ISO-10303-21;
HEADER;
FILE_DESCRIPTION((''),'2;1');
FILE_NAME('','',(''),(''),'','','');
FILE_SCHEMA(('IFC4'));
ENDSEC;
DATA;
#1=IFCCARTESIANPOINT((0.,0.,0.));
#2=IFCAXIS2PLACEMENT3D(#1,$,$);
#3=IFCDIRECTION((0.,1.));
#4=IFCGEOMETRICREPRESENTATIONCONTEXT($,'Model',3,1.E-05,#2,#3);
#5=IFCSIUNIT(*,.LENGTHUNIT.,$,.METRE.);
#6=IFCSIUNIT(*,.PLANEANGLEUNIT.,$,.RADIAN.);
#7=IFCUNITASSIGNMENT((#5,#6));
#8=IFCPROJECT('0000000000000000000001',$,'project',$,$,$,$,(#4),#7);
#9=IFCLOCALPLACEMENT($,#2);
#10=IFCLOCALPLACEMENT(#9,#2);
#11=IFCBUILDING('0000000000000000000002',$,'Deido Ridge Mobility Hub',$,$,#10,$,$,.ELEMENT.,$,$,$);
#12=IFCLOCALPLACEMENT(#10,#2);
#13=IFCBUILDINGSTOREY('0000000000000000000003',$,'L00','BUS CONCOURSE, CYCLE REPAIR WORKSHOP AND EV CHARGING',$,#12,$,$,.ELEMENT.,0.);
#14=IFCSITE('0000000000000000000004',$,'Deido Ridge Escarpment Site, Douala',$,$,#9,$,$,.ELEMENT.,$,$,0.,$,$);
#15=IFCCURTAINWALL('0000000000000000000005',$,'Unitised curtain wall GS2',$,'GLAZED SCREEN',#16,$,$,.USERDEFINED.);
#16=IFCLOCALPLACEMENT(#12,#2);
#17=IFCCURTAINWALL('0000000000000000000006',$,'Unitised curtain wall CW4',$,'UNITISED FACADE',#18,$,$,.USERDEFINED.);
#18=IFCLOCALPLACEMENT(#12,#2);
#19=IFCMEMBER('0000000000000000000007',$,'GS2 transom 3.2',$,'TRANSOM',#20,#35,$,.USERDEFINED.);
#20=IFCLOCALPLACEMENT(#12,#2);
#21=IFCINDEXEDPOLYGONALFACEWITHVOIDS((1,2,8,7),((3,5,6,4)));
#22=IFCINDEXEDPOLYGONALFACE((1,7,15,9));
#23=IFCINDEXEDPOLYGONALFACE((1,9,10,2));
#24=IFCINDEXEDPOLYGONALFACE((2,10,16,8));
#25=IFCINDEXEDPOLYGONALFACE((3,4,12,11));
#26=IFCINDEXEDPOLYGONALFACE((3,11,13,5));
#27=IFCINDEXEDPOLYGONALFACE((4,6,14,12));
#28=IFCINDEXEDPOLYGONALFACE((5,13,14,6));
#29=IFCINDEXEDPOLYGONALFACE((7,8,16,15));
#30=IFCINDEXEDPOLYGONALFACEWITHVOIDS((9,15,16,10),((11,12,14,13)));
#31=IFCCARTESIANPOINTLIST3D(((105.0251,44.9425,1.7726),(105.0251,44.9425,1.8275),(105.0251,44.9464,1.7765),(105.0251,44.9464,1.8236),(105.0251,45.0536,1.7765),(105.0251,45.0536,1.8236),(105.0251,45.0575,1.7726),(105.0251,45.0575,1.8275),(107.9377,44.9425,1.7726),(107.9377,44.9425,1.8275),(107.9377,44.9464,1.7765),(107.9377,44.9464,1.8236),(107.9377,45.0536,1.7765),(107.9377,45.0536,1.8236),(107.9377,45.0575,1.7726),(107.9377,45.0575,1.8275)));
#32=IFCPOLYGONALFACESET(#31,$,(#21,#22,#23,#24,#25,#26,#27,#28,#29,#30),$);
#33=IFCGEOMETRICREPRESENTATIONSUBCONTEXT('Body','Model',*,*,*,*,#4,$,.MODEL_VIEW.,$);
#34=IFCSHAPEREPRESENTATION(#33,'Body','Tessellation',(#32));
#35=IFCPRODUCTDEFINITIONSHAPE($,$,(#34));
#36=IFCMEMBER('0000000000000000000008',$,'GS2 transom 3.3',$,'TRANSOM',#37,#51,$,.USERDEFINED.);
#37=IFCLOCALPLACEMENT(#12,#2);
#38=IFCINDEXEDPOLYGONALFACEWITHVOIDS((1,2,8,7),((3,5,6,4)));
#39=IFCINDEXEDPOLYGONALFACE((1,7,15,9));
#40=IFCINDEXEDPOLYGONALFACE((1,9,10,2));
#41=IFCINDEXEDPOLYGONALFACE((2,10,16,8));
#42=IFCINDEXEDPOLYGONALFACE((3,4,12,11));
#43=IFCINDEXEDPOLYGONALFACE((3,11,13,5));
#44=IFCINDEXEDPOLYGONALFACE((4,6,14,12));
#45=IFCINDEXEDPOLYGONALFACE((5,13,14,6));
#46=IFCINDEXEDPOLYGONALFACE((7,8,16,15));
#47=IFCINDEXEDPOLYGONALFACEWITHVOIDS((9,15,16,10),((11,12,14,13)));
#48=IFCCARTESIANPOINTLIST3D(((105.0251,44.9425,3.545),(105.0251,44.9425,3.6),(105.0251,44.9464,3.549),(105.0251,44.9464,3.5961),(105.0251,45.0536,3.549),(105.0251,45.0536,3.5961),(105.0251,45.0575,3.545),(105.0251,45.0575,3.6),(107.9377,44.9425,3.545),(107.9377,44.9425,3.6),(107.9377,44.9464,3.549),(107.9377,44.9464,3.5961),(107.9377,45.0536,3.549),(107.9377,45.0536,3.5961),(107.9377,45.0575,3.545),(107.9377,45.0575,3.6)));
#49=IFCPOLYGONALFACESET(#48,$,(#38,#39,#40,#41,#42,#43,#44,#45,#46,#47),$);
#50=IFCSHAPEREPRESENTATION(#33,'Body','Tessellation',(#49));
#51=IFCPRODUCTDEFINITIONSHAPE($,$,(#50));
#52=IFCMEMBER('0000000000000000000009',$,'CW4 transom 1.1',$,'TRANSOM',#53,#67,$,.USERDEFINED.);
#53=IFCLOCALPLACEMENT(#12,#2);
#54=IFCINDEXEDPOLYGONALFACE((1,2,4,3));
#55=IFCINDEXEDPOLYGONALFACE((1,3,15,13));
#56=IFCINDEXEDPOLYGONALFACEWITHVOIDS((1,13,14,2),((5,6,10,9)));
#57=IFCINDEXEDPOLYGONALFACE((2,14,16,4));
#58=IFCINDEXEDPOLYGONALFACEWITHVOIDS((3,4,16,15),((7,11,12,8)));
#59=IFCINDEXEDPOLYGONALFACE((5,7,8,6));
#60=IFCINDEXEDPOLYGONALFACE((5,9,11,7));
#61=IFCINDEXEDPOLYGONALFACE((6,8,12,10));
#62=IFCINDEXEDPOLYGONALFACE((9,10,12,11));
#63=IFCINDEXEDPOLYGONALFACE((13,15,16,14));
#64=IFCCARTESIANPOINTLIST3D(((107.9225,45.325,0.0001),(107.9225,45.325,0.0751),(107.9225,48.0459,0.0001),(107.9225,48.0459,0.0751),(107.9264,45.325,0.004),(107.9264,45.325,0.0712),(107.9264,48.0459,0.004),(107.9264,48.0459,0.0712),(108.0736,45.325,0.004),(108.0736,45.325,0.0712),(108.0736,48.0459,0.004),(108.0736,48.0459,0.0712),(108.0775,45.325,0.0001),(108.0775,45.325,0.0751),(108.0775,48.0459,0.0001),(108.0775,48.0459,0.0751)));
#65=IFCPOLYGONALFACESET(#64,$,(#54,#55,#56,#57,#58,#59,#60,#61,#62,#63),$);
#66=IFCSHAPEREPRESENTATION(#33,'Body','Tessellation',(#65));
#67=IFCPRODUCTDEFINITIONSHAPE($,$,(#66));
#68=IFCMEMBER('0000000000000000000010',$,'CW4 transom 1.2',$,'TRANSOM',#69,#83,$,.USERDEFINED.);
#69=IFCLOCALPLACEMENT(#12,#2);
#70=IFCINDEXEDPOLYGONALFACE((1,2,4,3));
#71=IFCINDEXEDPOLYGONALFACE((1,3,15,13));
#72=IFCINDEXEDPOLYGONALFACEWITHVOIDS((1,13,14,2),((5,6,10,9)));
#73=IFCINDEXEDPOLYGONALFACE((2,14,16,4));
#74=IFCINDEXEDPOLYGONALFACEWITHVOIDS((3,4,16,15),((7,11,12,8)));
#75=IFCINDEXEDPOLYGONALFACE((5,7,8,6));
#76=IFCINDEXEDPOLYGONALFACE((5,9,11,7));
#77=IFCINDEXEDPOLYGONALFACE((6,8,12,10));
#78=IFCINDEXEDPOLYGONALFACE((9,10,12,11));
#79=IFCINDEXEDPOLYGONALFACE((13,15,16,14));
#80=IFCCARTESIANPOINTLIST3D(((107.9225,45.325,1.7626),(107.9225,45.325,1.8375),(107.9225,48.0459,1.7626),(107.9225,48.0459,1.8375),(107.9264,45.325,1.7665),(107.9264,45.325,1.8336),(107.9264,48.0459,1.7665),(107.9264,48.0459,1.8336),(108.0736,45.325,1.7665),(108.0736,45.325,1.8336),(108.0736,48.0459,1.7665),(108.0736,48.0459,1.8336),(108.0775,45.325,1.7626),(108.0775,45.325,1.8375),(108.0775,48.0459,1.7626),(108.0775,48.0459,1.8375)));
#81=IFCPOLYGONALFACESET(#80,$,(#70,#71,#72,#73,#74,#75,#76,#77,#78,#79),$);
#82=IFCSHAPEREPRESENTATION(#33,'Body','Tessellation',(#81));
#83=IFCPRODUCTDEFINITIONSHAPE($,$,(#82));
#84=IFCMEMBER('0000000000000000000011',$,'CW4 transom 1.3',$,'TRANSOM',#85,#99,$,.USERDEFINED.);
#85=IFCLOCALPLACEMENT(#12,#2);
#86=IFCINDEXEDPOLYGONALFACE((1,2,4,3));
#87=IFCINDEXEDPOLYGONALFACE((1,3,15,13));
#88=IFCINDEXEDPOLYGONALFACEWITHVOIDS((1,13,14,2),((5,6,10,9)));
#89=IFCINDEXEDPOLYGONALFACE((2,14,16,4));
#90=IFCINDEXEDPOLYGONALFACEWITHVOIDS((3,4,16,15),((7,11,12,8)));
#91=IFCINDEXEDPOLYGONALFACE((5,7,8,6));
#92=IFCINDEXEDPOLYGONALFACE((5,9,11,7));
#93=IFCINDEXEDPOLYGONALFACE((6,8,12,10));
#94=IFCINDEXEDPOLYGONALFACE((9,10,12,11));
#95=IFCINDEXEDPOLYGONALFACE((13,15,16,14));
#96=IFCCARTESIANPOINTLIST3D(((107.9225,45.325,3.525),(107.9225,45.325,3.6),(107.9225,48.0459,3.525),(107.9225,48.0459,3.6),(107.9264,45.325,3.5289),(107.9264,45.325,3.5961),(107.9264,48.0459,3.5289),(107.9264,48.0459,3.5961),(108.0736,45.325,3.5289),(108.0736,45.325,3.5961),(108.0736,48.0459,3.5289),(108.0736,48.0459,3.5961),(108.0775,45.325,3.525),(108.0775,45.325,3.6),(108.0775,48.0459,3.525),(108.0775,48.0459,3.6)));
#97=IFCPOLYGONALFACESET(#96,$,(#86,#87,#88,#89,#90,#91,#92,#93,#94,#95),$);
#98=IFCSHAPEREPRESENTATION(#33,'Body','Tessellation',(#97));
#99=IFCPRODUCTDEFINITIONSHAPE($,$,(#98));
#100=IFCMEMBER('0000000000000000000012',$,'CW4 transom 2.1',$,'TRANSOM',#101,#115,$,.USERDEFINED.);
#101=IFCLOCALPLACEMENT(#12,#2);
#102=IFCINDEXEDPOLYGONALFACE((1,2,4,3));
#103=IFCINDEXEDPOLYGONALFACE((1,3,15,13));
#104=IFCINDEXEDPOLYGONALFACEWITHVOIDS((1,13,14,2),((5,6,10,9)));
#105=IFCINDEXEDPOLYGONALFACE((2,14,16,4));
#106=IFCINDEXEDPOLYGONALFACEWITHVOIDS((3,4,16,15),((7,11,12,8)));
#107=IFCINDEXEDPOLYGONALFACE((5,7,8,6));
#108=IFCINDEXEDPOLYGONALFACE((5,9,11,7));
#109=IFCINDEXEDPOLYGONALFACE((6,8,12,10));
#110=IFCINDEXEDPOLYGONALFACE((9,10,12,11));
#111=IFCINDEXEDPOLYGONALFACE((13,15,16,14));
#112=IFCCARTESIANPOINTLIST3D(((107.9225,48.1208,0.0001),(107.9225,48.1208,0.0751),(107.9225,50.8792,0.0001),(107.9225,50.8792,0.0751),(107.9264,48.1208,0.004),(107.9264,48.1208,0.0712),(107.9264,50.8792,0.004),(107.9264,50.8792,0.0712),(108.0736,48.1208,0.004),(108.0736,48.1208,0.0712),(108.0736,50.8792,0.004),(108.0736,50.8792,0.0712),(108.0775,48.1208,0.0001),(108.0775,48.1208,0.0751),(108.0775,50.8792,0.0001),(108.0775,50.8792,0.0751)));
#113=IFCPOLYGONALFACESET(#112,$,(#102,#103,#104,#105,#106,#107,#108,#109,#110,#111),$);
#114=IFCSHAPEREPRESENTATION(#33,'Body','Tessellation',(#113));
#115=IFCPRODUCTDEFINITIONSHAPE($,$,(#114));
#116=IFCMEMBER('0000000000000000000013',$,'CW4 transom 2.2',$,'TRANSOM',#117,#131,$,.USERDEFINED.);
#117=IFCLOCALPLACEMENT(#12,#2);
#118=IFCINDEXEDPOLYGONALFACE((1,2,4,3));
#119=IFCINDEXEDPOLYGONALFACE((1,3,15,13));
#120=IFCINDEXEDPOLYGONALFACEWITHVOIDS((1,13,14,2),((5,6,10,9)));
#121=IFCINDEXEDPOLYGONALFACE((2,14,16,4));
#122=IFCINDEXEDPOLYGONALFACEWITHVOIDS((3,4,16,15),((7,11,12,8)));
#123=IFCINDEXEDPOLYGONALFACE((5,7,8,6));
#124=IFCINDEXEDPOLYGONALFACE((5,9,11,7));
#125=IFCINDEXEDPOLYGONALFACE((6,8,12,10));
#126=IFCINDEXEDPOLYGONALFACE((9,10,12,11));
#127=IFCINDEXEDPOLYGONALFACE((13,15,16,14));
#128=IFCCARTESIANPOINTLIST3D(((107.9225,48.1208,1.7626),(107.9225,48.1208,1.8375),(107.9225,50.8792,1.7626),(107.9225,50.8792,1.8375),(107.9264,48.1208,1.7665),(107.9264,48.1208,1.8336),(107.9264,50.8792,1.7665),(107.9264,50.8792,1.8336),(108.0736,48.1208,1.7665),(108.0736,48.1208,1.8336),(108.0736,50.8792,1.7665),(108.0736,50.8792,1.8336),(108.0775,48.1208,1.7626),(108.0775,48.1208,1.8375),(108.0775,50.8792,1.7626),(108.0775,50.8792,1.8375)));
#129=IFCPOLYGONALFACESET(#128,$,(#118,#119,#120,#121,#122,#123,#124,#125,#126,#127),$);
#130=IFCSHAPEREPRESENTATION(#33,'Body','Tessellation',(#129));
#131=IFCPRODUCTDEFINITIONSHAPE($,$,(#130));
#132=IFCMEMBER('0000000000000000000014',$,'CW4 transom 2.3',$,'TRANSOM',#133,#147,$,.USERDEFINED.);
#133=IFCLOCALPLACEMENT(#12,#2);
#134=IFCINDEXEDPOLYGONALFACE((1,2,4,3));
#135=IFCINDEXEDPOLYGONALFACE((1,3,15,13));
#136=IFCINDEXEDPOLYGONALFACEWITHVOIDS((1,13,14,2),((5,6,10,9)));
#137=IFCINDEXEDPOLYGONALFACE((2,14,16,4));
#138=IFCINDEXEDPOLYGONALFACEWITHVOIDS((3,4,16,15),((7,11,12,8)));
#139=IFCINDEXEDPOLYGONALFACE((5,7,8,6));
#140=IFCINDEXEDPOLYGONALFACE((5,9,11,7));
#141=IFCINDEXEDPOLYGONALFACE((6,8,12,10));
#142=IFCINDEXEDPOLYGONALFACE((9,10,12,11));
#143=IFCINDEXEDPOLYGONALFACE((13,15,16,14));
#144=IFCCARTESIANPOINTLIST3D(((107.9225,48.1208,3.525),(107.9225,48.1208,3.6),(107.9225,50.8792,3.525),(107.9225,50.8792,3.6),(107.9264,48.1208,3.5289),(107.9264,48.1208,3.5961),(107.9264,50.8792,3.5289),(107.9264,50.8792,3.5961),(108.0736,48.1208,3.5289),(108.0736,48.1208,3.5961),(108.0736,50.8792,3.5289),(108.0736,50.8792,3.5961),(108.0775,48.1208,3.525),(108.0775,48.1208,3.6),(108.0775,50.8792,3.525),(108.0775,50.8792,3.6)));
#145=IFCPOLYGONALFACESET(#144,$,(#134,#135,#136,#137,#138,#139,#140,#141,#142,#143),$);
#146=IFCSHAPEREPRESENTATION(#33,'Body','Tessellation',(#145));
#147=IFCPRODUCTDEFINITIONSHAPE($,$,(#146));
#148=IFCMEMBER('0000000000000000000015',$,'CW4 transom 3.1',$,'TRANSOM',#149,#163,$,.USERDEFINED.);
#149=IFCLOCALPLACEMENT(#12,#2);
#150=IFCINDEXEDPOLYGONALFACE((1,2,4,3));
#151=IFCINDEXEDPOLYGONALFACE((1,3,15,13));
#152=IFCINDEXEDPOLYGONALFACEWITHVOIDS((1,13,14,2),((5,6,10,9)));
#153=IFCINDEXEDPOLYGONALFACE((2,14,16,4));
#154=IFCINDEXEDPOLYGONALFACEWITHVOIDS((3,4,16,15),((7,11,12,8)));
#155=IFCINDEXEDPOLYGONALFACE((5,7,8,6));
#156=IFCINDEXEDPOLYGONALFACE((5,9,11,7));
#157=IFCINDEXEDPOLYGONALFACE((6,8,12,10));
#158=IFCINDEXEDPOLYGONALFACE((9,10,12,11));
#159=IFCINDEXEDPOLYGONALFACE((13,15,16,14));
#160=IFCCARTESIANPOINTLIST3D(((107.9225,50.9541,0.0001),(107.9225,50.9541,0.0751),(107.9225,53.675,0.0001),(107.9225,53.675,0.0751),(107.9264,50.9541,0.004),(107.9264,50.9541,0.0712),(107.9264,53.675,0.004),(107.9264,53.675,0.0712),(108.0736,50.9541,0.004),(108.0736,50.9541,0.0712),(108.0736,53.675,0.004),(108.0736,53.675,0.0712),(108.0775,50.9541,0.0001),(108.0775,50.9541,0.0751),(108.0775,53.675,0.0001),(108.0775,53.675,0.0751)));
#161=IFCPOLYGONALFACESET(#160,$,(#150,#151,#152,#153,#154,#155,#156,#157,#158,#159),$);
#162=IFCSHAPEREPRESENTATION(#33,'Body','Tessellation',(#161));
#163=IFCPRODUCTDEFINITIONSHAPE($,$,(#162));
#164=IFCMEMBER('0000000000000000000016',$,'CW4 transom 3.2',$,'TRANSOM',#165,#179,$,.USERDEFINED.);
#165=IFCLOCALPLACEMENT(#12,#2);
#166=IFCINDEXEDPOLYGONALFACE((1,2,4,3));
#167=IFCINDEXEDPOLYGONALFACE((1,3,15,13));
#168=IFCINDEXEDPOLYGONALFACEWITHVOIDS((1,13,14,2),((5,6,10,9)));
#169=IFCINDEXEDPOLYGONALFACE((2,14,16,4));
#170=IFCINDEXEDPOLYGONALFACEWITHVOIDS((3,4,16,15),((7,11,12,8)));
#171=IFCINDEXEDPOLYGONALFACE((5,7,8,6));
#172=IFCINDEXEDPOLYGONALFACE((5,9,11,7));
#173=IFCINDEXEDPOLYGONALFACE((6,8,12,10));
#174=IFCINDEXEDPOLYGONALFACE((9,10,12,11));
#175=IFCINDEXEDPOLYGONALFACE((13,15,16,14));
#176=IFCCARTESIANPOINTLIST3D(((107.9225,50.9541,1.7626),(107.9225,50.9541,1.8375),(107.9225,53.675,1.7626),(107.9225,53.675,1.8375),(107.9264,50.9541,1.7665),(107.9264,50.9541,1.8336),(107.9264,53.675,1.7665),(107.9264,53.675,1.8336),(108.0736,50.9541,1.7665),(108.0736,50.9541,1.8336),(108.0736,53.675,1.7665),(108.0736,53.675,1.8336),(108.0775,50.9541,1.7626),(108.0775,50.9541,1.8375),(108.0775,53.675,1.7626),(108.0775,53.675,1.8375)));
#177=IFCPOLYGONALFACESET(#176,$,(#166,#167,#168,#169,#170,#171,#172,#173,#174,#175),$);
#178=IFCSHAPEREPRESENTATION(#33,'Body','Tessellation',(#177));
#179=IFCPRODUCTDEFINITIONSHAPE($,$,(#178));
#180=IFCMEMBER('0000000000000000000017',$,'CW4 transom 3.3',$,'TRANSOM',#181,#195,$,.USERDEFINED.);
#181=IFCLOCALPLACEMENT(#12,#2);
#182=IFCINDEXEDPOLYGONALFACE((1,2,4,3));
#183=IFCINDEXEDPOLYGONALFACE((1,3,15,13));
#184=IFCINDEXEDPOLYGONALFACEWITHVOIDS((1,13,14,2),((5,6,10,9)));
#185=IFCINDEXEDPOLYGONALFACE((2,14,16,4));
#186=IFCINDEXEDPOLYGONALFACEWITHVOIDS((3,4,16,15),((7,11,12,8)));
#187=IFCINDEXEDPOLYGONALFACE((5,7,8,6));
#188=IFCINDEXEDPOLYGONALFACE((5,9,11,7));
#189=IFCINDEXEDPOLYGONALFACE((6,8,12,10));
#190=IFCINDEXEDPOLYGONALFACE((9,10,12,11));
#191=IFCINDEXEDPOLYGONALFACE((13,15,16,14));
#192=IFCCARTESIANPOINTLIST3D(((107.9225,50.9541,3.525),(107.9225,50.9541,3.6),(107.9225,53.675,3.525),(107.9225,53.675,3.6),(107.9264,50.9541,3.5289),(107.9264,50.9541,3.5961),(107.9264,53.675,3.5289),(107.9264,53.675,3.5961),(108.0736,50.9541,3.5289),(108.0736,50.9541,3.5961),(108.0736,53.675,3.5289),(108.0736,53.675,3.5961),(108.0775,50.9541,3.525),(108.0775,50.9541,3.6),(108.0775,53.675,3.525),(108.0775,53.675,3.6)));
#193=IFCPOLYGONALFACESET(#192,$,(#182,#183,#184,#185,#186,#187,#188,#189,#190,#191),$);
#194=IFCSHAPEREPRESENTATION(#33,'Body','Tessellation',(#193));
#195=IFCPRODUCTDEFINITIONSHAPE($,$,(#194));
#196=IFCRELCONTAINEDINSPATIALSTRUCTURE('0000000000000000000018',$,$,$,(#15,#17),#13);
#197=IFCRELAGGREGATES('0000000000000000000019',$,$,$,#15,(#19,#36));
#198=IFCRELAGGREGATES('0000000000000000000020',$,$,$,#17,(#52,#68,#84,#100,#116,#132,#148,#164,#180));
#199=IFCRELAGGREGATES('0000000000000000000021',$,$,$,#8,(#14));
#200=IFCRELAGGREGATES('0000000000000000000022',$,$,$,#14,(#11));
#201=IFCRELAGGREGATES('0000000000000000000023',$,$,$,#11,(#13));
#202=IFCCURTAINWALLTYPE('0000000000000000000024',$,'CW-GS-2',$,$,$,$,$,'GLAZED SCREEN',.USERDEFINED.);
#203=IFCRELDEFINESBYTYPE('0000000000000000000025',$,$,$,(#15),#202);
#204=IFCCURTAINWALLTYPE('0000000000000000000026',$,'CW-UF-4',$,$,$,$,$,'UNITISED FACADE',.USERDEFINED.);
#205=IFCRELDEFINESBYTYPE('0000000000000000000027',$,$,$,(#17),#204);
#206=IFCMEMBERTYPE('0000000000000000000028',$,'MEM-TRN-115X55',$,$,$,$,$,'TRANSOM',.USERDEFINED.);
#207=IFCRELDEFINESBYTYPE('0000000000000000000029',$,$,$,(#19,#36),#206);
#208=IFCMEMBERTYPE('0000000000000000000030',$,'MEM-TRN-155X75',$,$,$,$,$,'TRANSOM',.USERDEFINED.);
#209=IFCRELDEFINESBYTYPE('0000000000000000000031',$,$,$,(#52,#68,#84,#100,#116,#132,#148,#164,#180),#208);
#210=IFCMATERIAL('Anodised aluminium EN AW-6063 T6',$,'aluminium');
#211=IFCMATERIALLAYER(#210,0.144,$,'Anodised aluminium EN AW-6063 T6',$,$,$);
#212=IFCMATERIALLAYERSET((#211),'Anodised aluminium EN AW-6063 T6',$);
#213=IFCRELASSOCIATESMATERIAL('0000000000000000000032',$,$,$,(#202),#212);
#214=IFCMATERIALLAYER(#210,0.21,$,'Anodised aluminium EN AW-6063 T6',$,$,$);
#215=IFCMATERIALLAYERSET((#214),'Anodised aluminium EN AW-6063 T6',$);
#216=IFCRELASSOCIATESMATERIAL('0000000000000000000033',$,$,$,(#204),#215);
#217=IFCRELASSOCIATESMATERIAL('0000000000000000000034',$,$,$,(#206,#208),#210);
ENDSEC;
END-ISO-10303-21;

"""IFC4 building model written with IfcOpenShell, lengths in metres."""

from ifc_helpers import new_model, si_unit, direction, frame, origin, origin_2d, place, context, subcontext, project, spatial, hollow_rectangle, extrude, material, layer, layer_set, material_profile, profile_set, type_object, element, aggregate, save


model = new_model("IFC4")

# Units and contexts
model_context = context("Model", 3, precision=1e-05, world=origin(), true_north=direction((0.0, 1.0)))
body_context = subcontext(model_context, "Body", "Model", "MODEL_VIEW")
ifc_project = project(units=[si_unit("LENGTHUNIT", "METRE"), si_unit("PLANEANGLEUNIT", "RADIAN")], contexts=[model_context])

# Site, building, storey
site_placement = place(None, origin())
site = spatial("IfcSite", under=ifc_project, at=site_placement, Name="Deido Ridge Escarpment Site, Douala", CompositionType="ELEMENT", RefElevation=0.0)
building_placement = place(site_placement, origin())
building = spatial("IfcBuilding", under=site, at=building_placement, Name="Deido Ridge Mobility Hub", CompositionType="ELEMENT")
storey_placement = place(building_placement, origin())
storey = spatial("IfcBuildingStorey", under=building, at=storey_placement, Name="L00", Description="BUS CONCOURSE, CYCLE REPAIR WORKSHOP AND EV CHARGING", CompositionType="ELEMENT", Elevation=0.0)

# Curtain walls
ifc_material_1 = material(Name="Anodised aluminium EN AW-6063 T6", Category="aluminium")
ifc_layer_1 = layer(ifc_material_1, 0.144, Name="Anodised aluminium EN AW-6063 T6")
ifc_layer_set_1 = layer_set([ifc_layer_1], Name="Anodised aluminium EN AW-6063 T6")
curtain_wall_type_1 = type_object("IfcCurtainWallType", Name="CW-GS-2", ElementType="GLAZED SCREEN", PredefinedType="USERDEFINED", material=ifc_layer_set_1)
curtain_wall_1_placement = place(storey_placement, origin())
curtain_wall_1 = element("IfcCurtainWall", 1, at=curtain_wall_1_placement, inside=storey, type_object=curtain_wall_type_1, Name="Unitised curtain wall GS2", ObjectType="GLAZED SCREEN", PredefinedType="USERDEFINED")
ifc_layer_2 = layer(ifc_material_1, 0.21, Name="Anodised aluminium EN AW-6063 T6")
ifc_layer_set_2 = layer_set([ifc_layer_2], Name="Anodised aluminium EN AW-6063 T6")
curtain_wall_type_2 = type_object("IfcCurtainWallType", Name="CW-UF-4", ElementType="UNITISED FACADE", PredefinedType="USERDEFINED", material=ifc_layer_set_2)
curtain_wall_2_placement = place(storey_placement, origin())
curtain_wall_2 = element("IfcCurtainWall", 2, at=curtain_wall_2_placement, inside=storey, type_object=curtain_wall_type_2, Name="Unitised curtain wall CW4", ObjectType="UNITISED FACADE", PredefinedType="USERDEFINED")

# Members
ifc_material_profile_1 = material_profile(ifc_material_1, hollow_rectangle(XDim=0.115, YDim=0.0549, WallThickness=0.0039, at=origin_2d()), Name="RHS 115x55x4")
ifc_profile_set_1 = profile_set([ifc_material_profile_1], Name="Anodised aluminium EN AW-6063 T6")
member_type_1 = type_object("IfcMemberType", Name="MEM-TRN-115X55", ElementType="TRANSOM", PredefinedType="USERDEFINED", material=ifc_profile_set_1)
member_1_placement = place(storey_placement, frame((105.0251, 45.0, 1.8), z_axis=(1.0, 0.0, 0.0), x_axis=(0.0, 1.0, 0.0)))
member_1 = element("IfcMember", 3, at=member_1_placement, type_object=member_type_1, Name="GS2 transom 3.2", ObjectType="TRANSOM", PredefinedType="USERDEFINED", context=body_context, shape_type="SweptSolid", body=[
    extrude(hollow_rectangle(XDim=0.115, YDim=0.0549, WallThickness=0.0039, at=origin_2d()), origin(), (0.0, 0.0, 1.0), 2.9126),
])
member_2_placement = place(storey_placement, frame((105.0251, 45.0, 3.5725), z_axis=(1.0, 0.0, 0.0), x_axis=(0.0, 1.0, 0.0)))
member_2 = element("IfcMember", 4, at=member_2_placement, type_object=member_type_1, Name="GS2 transom 3.3", ObjectType="TRANSOM", PredefinedType="USERDEFINED", context=body_context, shape_type="SweptSolid", body=[
    extrude(hollow_rectangle(XDim=0.115, YDim=0.0549, WallThickness=0.0039, at=origin_2d()), origin(), (0.0, 0.0, 1.0), 2.9126),
])
ifc_material_profile_2 = material_profile(ifc_material_1, hollow_rectangle(XDim=0.155, YDim=0.075, WallThickness=0.0039, at=origin_2d()), Name="RHS 155x75x4")
ifc_profile_set_2 = profile_set([ifc_material_profile_2], Name="Anodised aluminium EN AW-6063 T6")
member_type_2 = type_object("IfcMemberType", Name="MEM-TRN-155X75", ElementType="TRANSOM", PredefinedType="USERDEFINED", material=ifc_profile_set_2)
member_3_placement = place(storey_placement, frame((108.0, 45.325, 0.0376), z_axis=(0.0, 1.0, 0.0), x_axis=(-1.0, 0.0, 0.0)))
member_3 = element("IfcMember", 5, at=member_3_placement, type_object=member_type_2, Name="CW4 transom 1.1", ObjectType="TRANSOM", PredefinedType="USERDEFINED", context=body_context, shape_type="SweptSolid", body=[
    extrude(hollow_rectangle(XDim=0.155, YDim=0.075, WallThickness=0.0039, at=origin_2d()), origin(), (0.0, 0.0, 1.0), 2.7209),
])
member_4_placement = place(storey_placement, frame((108.0, 45.325, 1.8), z_axis=(0.0, 1.0, 0.0), x_axis=(-1.0, 0.0, 0.0)))
member_4 = element("IfcMember", 6, at=member_4_placement, type_object=member_type_2, Name="CW4 transom 1.2", ObjectType="TRANSOM", PredefinedType="USERDEFINED", context=body_context, shape_type="SweptSolid", body=[
    extrude(hollow_rectangle(XDim=0.155, YDim=0.075, WallThickness=0.0039, at=origin_2d()), origin(), (0.0, 0.0, 1.0), 2.7209),
])
member_5_placement = place(storey_placement, frame((108.0, 45.325, 3.5625), z_axis=(0.0, 1.0, 0.0), x_axis=(-1.0, 0.0, 0.0)))
member_5 = element("IfcMember", 7, at=member_5_placement, type_object=member_type_2, Name="CW4 transom 1.3", ObjectType="TRANSOM", PredefinedType="USERDEFINED", context=body_context, shape_type="SweptSolid", body=[
    extrude(hollow_rectangle(XDim=0.155, YDim=0.075, WallThickness=0.0039, at=origin_2d()), origin(), (0.0, 0.0, 1.0), 2.7209),
])
member_6_placement = place(storey_placement, frame((108.0, 48.1208, 0.0376), z_axis=(0.0, 1.0, 0.0), x_axis=(-1.0, 0.0, 0.0)))
member_6 = element("IfcMember", 8, at=member_6_placement, type_object=member_type_2, Name="CW4 transom 2.1", ObjectType="TRANSOM", PredefinedType="USERDEFINED", context=body_context, shape_type="SweptSolid", body=[
    extrude(hollow_rectangle(XDim=0.155, YDim=0.075, WallThickness=0.0039, at=origin_2d()), origin(), (0.0, 0.0, 1.0), 2.7583),
])
member_7_placement = place(storey_placement, frame((108.0, 48.1208, 1.8), z_axis=(0.0, 1.0, 0.0), x_axis=(-1.0, 0.0, 0.0)))
member_7 = element("IfcMember", 9, at=member_7_placement, type_object=member_type_2, Name="CW4 transom 2.2", ObjectType="TRANSOM", PredefinedType="USERDEFINED", context=body_context, shape_type="SweptSolid", body=[
    extrude(hollow_rectangle(XDim=0.155, YDim=0.075, WallThickness=0.0039, at=origin_2d()), origin(), (0.0, 0.0, 1.0), 2.7583),
])
member_8_placement = place(storey_placement, frame((108.0, 48.1208, 3.5625), z_axis=(0.0, 1.0, 0.0), x_axis=(-1.0, 0.0, 0.0)))
member_8 = element("IfcMember", 10, at=member_8_placement, type_object=member_type_2, Name="CW4 transom 2.3", ObjectType="TRANSOM", PredefinedType="USERDEFINED", context=body_context, shape_type="SweptSolid", body=[
    extrude(hollow_rectangle(XDim=0.155, YDim=0.075, WallThickness=0.0039, at=origin_2d()), origin(), (0.0, 0.0, 1.0), 2.7583),
])
member_9_placement = place(storey_placement, frame((108.0, 50.9541, 0.0376), z_axis=(0.0, 1.0, 0.0), x_axis=(-1.0, 0.0, 0.0)))
member_9 = element("IfcMember", 11, at=member_9_placement, type_object=member_type_2, Name="CW4 transom 3.1", ObjectType="TRANSOM", PredefinedType="USERDEFINED", context=body_context, shape_type="SweptSolid", body=[
    extrude(hollow_rectangle(XDim=0.155, YDim=0.075, WallThickness=0.0039, at=origin_2d()), origin(), (0.0, 0.0, 1.0), 2.7209),
])
member_10_placement = place(storey_placement, frame((108.0, 50.9541, 1.8), z_axis=(0.0, 1.0, 0.0), x_axis=(-1.0, 0.0, 0.0)))
member_10 = element("IfcMember", 12, at=member_10_placement, type_object=member_type_2, Name="CW4 transom 3.2", ObjectType="TRANSOM", PredefinedType="USERDEFINED", context=body_context, shape_type="SweptSolid", body=[
    extrude(hollow_rectangle(XDim=0.155, YDim=0.075, WallThickness=0.0039, at=origin_2d()), origin(), (0.0, 0.0, 1.0), 2.7209),
])
member_11_placement = place(storey_placement, frame((108.0, 50.9541, 3.5625), z_axis=(0.0, 1.0, 0.0), x_axis=(-1.0, 0.0, 0.0)))
member_11 = element("IfcMember", 13, at=member_11_placement, type_object=member_type_2, Name="CW4 transom 3.3", ObjectType="TRANSOM", PredefinedType="USERDEFINED", context=body_context, shape_type="SweptSolid", body=[
    extrude(hollow_rectangle(XDim=0.155, YDim=0.075, WallThickness=0.0039, at=origin_2d()), origin(), (0.0, 0.0, 1.0), 2.7209),
])

aggregate(curtain_wall_1, [member_1, member_2])
aggregate(curtain_wall_2, [member_3, member_4, member_5, member_6, member_7, member_8, member_9, member_10, member_11])

save(model, "model.ifc")
